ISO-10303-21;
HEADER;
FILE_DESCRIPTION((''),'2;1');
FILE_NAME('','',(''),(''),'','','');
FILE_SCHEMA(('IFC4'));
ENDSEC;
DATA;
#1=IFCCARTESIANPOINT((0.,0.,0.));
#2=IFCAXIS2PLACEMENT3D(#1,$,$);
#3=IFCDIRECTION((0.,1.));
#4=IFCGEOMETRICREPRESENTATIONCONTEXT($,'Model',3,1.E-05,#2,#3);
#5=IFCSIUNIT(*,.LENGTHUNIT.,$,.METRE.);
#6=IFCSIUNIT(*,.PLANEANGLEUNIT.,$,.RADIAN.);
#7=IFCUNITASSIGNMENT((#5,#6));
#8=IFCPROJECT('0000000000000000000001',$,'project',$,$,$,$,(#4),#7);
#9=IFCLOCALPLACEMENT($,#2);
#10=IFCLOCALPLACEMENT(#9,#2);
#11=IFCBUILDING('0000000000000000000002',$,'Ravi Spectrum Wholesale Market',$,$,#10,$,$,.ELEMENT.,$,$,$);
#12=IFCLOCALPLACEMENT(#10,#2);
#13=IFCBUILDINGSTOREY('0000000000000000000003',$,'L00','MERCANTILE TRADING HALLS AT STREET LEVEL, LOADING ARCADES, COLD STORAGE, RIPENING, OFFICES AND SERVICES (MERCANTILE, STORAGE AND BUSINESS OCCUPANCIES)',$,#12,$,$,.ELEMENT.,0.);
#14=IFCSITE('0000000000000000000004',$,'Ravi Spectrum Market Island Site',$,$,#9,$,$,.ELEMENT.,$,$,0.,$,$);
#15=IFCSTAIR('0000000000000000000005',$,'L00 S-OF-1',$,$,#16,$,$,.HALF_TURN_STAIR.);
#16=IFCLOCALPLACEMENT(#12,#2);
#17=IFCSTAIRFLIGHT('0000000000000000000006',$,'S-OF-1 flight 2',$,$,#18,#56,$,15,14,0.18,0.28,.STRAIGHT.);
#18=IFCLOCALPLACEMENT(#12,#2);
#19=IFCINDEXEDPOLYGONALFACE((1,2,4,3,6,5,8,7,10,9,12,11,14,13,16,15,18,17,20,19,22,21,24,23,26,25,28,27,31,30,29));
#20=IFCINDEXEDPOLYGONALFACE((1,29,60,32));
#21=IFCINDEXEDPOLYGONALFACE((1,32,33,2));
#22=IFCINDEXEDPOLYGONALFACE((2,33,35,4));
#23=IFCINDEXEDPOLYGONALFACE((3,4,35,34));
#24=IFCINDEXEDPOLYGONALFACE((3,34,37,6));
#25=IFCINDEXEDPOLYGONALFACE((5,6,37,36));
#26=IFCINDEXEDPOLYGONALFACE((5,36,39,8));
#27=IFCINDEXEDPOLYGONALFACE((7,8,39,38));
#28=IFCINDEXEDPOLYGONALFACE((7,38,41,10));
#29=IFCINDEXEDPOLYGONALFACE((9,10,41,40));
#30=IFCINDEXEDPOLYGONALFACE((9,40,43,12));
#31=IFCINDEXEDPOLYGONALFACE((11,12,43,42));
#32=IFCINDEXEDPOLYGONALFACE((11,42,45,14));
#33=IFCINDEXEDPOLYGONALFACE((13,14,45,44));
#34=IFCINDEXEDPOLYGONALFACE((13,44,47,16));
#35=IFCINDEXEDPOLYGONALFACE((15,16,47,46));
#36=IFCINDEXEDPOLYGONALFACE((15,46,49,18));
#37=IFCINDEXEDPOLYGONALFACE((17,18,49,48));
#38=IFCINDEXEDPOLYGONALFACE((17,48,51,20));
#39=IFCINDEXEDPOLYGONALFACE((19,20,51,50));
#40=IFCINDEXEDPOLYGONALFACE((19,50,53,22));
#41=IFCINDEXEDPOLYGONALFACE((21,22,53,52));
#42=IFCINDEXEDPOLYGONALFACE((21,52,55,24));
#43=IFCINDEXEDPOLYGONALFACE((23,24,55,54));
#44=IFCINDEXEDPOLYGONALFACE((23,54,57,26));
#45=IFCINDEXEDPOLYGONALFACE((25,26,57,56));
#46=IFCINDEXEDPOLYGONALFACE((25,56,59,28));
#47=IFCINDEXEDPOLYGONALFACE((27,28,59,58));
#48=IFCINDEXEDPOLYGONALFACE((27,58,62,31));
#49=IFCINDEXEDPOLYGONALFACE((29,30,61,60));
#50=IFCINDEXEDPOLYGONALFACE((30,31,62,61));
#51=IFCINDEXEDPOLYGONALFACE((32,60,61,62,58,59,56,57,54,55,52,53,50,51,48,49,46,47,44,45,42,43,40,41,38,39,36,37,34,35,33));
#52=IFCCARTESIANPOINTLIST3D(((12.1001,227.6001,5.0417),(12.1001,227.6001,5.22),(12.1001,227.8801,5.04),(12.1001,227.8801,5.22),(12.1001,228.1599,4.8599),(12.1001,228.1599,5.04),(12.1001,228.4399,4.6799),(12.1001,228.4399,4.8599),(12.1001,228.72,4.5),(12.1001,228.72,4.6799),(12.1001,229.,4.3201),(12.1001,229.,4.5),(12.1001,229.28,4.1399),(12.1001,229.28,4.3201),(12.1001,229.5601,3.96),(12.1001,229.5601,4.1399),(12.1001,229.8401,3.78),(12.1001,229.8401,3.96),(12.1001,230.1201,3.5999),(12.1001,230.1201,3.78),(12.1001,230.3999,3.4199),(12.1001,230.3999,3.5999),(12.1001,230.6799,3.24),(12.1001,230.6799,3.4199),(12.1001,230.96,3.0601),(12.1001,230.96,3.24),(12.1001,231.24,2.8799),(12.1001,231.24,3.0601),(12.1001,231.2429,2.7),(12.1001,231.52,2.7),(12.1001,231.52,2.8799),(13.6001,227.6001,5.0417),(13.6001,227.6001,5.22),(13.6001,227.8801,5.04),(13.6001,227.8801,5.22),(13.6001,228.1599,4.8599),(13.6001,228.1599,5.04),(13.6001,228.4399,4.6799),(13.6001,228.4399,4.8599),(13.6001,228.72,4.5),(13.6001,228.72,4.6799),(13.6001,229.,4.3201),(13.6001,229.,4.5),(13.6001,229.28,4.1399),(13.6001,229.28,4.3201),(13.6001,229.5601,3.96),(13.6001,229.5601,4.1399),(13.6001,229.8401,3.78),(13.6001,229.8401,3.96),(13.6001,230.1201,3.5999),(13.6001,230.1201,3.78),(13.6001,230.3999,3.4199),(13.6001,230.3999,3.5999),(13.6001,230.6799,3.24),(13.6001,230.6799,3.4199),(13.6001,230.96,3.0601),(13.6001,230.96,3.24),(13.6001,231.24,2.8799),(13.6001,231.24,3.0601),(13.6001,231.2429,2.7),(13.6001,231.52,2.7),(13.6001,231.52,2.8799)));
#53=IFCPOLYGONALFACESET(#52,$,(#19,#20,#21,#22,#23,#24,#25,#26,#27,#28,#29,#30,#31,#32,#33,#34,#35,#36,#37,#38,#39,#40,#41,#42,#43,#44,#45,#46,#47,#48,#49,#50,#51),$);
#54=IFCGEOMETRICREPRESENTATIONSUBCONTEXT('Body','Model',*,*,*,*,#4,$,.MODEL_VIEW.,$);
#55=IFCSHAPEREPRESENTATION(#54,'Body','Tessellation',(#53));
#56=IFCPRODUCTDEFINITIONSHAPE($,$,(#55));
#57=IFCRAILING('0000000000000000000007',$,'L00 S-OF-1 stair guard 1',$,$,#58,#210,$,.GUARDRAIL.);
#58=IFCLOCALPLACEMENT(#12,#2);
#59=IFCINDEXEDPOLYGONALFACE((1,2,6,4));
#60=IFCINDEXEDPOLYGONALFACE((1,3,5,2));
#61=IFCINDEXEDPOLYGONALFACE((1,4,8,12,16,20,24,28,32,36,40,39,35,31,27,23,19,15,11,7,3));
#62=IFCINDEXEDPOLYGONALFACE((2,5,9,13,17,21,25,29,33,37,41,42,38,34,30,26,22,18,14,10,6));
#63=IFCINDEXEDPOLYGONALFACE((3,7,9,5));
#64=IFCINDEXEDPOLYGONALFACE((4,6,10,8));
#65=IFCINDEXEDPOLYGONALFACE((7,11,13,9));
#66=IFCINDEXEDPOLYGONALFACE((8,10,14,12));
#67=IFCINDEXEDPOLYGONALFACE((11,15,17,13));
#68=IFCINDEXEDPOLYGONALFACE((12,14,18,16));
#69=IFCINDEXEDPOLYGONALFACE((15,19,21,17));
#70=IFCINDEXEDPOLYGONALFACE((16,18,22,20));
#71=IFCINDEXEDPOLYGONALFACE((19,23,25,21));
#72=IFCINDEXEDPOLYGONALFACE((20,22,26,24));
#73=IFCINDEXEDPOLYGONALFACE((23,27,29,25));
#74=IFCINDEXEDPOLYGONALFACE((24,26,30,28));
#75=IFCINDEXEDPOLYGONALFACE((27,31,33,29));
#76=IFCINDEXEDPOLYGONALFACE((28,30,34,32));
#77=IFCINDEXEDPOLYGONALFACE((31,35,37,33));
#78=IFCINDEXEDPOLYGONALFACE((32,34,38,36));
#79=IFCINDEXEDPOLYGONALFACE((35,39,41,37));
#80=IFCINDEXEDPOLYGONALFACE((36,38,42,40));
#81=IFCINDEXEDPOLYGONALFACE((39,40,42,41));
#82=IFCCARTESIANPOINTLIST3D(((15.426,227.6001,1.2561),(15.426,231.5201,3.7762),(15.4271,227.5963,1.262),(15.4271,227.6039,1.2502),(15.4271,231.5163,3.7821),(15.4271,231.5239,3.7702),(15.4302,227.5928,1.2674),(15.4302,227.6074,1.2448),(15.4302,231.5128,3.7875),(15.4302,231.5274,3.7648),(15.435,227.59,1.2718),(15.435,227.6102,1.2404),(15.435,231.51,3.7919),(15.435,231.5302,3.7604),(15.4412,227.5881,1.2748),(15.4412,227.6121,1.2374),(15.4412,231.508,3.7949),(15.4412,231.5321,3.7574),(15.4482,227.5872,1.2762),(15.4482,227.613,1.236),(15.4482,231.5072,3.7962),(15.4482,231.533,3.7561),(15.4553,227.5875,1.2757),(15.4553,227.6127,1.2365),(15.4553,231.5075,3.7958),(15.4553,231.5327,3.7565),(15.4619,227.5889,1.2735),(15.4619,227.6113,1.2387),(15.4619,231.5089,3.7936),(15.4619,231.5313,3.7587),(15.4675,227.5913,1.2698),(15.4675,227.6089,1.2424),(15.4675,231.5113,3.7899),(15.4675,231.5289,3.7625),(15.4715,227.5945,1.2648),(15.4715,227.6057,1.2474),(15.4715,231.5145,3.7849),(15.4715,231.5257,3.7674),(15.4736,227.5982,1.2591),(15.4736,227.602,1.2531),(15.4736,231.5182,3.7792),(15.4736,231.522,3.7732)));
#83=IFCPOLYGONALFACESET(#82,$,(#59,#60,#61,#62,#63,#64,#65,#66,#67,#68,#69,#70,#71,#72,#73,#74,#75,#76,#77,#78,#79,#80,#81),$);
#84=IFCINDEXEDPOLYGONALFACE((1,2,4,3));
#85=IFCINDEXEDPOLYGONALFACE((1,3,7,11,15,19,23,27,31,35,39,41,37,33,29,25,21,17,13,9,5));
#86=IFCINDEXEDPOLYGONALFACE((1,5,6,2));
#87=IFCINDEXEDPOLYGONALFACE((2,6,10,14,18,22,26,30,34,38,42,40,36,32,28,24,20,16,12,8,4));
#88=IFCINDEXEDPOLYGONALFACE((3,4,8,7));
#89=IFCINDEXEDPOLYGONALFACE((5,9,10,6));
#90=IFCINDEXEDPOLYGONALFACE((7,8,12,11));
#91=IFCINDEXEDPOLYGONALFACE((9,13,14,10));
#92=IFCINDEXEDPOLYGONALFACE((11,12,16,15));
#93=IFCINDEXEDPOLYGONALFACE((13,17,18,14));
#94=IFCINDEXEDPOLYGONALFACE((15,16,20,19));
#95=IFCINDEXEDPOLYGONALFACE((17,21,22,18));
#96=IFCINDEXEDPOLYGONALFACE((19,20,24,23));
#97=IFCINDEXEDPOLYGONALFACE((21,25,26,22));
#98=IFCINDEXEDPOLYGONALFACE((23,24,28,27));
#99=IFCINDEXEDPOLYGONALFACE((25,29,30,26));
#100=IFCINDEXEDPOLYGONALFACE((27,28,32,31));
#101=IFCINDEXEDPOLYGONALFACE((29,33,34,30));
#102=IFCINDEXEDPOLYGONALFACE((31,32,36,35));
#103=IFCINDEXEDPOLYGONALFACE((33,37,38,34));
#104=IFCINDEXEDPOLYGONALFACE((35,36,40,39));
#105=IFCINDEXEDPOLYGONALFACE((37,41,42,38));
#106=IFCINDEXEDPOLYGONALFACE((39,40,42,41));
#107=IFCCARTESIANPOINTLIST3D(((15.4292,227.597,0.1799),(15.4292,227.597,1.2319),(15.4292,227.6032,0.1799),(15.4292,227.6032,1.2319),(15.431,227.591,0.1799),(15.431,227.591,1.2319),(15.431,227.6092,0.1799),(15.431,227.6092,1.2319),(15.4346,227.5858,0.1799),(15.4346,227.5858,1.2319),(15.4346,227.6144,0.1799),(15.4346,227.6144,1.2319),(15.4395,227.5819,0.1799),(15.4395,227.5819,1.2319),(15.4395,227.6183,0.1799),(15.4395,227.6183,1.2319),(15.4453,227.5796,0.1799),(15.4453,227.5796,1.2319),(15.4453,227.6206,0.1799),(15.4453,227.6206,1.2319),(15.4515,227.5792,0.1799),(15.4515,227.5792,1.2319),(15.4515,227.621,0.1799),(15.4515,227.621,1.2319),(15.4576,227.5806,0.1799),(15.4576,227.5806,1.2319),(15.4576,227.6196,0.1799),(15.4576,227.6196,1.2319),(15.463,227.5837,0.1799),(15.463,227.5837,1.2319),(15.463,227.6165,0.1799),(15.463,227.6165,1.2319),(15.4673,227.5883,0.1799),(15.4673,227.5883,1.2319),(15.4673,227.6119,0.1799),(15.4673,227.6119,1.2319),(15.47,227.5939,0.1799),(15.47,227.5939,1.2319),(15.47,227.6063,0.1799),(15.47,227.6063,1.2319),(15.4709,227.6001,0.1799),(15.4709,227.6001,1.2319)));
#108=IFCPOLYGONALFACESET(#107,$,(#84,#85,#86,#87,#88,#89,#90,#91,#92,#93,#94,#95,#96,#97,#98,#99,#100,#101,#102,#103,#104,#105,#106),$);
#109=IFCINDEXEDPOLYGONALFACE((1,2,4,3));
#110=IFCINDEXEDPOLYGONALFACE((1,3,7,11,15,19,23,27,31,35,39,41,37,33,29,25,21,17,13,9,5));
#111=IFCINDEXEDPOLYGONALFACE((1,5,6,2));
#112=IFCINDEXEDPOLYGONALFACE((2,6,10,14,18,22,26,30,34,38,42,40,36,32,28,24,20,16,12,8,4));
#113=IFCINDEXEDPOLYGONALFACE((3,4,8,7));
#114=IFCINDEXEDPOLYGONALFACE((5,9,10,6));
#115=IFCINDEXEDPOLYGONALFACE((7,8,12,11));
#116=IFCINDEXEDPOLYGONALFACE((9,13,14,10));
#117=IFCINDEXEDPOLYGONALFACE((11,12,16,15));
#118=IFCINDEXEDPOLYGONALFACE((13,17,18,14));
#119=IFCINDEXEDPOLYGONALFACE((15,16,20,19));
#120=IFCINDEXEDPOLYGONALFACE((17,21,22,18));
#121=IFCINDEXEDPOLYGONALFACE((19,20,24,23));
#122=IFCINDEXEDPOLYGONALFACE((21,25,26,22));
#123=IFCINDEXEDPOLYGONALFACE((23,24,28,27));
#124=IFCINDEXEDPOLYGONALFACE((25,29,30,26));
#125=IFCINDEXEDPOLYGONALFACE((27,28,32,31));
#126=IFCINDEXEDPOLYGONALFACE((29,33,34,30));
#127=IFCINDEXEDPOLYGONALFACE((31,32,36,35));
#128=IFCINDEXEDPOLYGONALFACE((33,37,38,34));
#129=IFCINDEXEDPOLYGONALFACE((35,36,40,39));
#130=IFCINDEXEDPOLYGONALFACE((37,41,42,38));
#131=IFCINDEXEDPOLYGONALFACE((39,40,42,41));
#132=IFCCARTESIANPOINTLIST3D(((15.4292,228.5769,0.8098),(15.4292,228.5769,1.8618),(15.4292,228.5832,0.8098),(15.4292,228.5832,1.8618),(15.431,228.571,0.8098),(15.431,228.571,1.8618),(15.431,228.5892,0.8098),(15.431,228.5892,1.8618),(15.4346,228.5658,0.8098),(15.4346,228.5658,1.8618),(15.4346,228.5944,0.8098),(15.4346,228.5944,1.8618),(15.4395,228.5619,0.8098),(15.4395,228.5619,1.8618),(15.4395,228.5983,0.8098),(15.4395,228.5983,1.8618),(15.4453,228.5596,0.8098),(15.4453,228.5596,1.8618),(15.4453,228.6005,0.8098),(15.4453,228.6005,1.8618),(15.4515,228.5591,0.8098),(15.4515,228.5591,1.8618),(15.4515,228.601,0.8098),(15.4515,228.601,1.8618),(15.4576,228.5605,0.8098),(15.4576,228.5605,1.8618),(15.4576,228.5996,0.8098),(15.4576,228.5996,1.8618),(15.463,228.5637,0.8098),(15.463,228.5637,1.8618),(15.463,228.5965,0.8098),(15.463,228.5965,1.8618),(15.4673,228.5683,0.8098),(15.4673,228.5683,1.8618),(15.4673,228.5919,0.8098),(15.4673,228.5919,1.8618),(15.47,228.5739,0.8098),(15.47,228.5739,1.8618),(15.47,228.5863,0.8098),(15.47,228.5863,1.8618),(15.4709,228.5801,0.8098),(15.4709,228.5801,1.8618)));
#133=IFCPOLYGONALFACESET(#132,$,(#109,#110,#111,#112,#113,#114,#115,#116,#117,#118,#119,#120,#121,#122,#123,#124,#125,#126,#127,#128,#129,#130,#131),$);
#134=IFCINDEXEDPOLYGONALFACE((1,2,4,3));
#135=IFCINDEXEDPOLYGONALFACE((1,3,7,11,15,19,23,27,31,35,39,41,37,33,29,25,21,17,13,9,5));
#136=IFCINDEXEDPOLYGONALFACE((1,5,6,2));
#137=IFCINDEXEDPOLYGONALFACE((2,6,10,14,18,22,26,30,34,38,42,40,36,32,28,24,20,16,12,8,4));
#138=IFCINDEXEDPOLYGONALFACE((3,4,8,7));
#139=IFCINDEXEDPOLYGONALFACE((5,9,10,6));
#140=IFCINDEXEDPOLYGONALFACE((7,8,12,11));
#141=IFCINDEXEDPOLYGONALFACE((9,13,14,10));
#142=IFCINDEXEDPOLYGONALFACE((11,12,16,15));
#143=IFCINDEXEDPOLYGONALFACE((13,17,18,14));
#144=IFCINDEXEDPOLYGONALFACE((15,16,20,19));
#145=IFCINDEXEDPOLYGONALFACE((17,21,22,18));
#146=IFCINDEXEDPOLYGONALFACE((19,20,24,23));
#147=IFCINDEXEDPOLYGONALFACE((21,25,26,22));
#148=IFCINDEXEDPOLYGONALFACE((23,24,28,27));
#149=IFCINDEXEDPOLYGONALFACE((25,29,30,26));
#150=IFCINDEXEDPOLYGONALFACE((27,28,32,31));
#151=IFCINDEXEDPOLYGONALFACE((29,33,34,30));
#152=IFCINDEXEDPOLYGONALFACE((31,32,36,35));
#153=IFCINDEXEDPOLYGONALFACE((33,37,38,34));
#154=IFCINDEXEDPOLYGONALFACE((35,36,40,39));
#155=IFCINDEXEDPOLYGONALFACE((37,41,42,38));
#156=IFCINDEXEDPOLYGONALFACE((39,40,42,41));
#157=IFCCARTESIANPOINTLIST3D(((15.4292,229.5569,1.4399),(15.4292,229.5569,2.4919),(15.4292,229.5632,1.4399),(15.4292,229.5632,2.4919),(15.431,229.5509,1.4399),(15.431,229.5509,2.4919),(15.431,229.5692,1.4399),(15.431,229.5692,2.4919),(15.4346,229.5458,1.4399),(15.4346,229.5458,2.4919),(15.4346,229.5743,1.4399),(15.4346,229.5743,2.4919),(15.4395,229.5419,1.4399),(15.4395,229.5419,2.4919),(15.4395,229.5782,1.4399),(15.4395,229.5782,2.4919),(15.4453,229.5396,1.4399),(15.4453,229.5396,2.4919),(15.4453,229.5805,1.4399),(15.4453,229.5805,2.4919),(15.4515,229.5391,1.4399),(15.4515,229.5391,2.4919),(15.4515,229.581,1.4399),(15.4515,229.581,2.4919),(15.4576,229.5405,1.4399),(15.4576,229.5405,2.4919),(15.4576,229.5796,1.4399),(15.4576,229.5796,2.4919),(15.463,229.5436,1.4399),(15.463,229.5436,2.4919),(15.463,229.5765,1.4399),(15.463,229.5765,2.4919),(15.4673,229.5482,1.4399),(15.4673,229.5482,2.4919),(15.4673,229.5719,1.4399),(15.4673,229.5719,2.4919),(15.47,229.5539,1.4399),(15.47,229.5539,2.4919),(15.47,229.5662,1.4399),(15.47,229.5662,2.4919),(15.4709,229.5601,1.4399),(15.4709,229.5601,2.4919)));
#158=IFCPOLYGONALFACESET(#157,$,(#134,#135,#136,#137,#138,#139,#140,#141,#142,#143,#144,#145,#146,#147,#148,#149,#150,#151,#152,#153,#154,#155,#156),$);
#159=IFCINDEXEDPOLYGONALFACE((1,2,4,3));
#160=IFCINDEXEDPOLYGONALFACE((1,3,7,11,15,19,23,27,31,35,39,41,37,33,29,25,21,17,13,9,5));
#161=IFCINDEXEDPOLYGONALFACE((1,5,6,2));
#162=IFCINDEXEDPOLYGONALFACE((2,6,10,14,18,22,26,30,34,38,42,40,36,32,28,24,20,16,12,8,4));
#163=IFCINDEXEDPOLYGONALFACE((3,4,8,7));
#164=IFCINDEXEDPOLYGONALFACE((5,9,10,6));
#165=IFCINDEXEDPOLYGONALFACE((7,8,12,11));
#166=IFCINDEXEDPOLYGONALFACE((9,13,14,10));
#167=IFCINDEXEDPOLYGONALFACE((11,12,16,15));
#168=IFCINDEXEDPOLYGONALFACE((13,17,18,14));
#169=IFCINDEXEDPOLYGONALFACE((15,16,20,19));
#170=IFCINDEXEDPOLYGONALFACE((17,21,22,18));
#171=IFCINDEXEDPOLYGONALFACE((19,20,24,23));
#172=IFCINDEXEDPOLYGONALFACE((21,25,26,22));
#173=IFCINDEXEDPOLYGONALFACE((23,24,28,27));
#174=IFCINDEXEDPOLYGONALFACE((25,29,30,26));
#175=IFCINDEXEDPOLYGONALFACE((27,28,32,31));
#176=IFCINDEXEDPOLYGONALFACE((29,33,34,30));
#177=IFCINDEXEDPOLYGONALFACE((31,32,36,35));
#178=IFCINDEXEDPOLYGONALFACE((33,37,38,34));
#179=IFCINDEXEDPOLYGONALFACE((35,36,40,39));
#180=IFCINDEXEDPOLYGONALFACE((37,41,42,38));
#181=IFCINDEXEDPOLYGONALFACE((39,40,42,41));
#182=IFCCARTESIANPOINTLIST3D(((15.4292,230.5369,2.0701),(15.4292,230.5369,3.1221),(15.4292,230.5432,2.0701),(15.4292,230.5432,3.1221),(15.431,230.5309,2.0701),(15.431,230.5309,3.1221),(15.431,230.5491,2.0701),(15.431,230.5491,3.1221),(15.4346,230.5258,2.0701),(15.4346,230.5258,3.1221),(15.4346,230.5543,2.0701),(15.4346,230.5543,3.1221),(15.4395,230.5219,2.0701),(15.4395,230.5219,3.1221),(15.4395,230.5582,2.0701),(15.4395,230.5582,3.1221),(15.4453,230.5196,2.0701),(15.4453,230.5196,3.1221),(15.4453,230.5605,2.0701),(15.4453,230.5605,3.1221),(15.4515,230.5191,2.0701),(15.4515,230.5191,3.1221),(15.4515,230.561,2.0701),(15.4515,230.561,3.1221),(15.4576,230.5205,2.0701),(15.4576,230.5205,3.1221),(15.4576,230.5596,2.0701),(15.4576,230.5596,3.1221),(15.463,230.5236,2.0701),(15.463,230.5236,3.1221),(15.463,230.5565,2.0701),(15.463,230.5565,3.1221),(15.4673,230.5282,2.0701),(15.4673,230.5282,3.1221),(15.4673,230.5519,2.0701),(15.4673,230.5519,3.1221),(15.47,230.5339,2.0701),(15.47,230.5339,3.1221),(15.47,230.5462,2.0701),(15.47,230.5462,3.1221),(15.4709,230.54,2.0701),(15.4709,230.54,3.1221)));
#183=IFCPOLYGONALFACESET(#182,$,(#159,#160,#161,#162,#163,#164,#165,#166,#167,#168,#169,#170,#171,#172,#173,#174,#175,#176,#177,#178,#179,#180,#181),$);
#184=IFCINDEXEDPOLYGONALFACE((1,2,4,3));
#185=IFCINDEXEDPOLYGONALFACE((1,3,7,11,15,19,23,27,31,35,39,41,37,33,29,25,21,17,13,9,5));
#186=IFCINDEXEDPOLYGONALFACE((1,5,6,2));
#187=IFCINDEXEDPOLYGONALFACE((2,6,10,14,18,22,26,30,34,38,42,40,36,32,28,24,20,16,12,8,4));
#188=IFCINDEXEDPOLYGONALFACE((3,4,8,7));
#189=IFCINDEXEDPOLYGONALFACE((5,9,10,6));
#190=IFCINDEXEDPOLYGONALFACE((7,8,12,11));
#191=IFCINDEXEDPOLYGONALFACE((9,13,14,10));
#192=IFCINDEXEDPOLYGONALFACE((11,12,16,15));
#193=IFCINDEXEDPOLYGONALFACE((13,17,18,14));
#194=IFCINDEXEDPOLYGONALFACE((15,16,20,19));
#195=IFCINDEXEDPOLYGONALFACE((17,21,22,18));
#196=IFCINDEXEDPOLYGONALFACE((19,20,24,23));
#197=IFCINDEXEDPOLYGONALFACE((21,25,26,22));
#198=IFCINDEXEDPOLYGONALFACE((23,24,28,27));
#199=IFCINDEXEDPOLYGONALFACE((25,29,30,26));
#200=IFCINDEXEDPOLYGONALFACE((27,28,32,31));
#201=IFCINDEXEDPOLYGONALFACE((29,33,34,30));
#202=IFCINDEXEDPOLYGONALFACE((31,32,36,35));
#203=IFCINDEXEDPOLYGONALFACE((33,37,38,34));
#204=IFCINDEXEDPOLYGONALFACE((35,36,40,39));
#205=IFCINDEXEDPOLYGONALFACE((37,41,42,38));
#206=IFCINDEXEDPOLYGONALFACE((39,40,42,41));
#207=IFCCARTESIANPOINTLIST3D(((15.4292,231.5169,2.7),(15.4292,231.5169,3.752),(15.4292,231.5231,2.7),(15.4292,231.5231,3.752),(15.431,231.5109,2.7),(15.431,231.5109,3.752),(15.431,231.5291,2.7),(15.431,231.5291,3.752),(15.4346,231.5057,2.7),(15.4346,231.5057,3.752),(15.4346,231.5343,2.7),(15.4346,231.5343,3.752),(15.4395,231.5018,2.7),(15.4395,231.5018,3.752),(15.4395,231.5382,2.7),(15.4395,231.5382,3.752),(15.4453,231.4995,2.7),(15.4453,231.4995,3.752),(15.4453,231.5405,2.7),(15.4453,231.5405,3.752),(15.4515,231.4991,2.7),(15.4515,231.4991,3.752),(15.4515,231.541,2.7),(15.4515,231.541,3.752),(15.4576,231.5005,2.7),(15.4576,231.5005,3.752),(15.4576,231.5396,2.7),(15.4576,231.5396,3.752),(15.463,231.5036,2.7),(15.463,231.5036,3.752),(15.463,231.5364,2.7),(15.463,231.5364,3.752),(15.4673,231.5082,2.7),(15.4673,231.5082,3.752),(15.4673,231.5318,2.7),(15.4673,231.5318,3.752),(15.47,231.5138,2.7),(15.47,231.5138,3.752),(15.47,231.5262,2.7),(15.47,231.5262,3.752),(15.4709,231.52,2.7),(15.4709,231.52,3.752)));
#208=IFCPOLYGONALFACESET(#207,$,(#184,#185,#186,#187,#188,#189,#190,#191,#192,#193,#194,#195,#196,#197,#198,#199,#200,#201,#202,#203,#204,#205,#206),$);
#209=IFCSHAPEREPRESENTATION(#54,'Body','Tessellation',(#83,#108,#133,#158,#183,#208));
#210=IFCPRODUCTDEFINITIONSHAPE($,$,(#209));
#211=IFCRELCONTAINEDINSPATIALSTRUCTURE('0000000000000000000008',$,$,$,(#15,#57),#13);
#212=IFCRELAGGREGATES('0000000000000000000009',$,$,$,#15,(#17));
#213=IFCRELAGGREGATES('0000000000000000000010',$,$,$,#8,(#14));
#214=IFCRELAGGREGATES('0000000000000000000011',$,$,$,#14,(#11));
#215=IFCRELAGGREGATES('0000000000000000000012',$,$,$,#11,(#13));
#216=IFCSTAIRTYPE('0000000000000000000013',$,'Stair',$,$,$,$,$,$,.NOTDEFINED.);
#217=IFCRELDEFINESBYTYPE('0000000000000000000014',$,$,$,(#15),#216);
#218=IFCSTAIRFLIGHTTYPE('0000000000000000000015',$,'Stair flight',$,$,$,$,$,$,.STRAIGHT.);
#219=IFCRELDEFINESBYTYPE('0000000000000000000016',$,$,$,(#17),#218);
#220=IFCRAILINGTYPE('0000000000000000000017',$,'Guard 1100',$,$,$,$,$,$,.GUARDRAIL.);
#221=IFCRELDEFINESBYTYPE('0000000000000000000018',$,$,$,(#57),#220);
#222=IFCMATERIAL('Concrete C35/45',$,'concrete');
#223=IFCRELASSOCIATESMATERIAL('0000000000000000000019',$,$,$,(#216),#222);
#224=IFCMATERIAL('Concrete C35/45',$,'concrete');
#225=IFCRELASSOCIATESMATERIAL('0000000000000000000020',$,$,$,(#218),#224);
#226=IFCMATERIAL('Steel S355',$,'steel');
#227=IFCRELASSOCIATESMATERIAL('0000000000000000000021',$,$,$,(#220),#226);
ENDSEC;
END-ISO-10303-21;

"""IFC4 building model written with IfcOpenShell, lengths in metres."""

from ifc_helpers import new_model, si_unit, direction, frame, origin, origin_2d, place, context, subcontext, project, spatial, polyline, circle, outline, extrude, material, type_object, element, aggregate, save


model = new_model("IFC4")

# Units and contexts
model_context = context("Model", 3, precision=1e-05, world=origin(), true_north=direction((0.0, 1.0)))
body_context = subcontext(model_context, "Body", "Model", "MODEL_VIEW")
ifc_project = project(units=[si_unit("LENGTHUNIT", "METRE"), si_unit("PLANEANGLEUNIT", "RADIAN")], contexts=[model_context])

# Site, building, storey
site_placement = place(None, origin())
site = spatial("IfcSite", under=ifc_project, at=site_placement, Name="Ravi Spectrum Market Island Site", CompositionType="ELEMENT", RefElevation=0.0)
building_placement = place(site_placement, origin())
building = spatial("IfcBuilding", under=site, at=building_placement, Name="Ravi Spectrum Wholesale Market", CompositionType="ELEMENT")
storey_placement = place(building_placement, origin())
storey = spatial("IfcBuildingStorey", under=building, at=storey_placement, Name="L00", Description="MERCANTILE TRADING HALLS AT STREET LEVEL, LOADING ARCADES, COLD STORAGE, RIPENING, OFFICES AND SERVICES (MERCANTILE, STORAGE AND BUSINESS OCCUPANCIES)", CompositionType="ELEMENT", Elevation=0.0)

# Stair, stair flight
ifc_material_1 = material(Name="Concrete C35/45", Category="concrete")
stair_type = type_object("IfcStairType", Name="Stair", PredefinedType="NOTDEFINED", material=ifc_material_1)
stair_placement = place(storey_placement, origin())
stair = element("IfcStair", 1, at=stair_placement, inside=storey, type_object=stair_type, Name="L00 S-OF-1", PredefinedType="HALF_TURN_STAIR")
ifc_material_2 = material(Name="Concrete C35/45", Category="concrete")
stair_flight_type = type_object("IfcStairFlightType", Name="Stair flight", PredefinedType="STRAIGHT", material=ifc_material_2)
stair_flight_1_placement = place(storey_placement, frame((12.8501, 231.52, 2.7), z_axis=(0.0, 0.0, 1.0), x_axis=(0.0, -1.0, 0.0)))
stair_flight_1 = element("IfcStairFlight", 2, at=stair_flight_1_placement, type_object=stair_flight_type, Name="S-OF-1 flight 2", NumberOfRisers=15, NumberOfTreads=14, PredefinedType="STRAIGHT", RiserHeight=0.18, TreadLength=0.28, context=body_context, shape_type="SweptSolid", body=[
    extrude(outline(polyline([(0.0, 0.0), (0.0, 0.1799), (0.28, 0.1799), (0.28, 0.3601), (0.5601, 0.3601), (0.5601, 0.54), (0.8401, 0.54), (0.8401, 0.72), (1.1201, 0.72), (1.1201, 0.8999), (1.3999, 0.8999), (1.3999, 1.0801), (1.6799, 1.0801), (1.6799, 1.26), (1.96, 1.26), (1.96, 1.4399), (2.24, 1.4399), (2.24, 1.6201), (2.52, 1.6201), (2.52, 1.8), (2.8, 1.8), (2.8, 1.98), (3.0801, 1.98), (3.0801, 2.1599), (3.3601, 2.1599), (3.3601, 2.3401), (3.6399, 2.3401), (3.6399, 2.52), (3.9199, 2.52), (3.9199, 2.7), (3.9199, 2.3418), (0.2771, 0.0), (0.0, 0.0)])), frame((0.0, 0.75, 0.0), z_axis=(0.0, -1.0, 0.0), x_axis=(1.0, 0.0, 0.0)), (0.0, 0.0, 1.0), 1.5),
])
aggregate(stair, [stair_flight_1])

# Railing
ifc_material_3 = material(Name="Steel S355", Category="steel")
railing_type_1 = type_object("IfcRailingType", Name="Guard 1100", PredefinedType="GUARDRAIL", material=ifc_material_3)
railing_1_placement = place(storey_placement, frame((15.45, 227.6001, 0.1799)))
element("IfcRailing", 3, at=railing_1_placement, inside=storey, type_object=railing_type_1, Name="L00 S-OF-1 stair guard 1", PredefinedType="GUARDRAIL", context=body_context, shape_type="SweptSolid", body=[
    extrude(circle(Radius=0.0239, at=origin_2d()), frame((0.0, 0.0, 1.0762), z_axis=(0.0, 0.841172, 0.540768), x_axis=(-1.0, 0.0, 0.0)), (0.0, 0.0, 1.0), 4.6602),
    extrude(circle(Radius=0.021, at=origin_2d()), origin(), (0.0, 0.0, 1.0), 1.052),
    extrude(circle(Radius=0.021, at=origin_2d()), frame((0.0, 0.98, 0.6299)), (0.0, 0.0, 1.0), 1.052),
    extrude(circle(Radius=0.021, at=origin_2d()), frame((0.0, 1.96, 1.26)), (0.0, 0.0, 1.0), 1.052),
    extrude(circle(Radius=0.021, at=origin_2d()), frame((0.0, 2.9399, 1.8901)), (0.0, 0.0, 1.0), 1.052),
    extrude(circle(Radius=0.021, at=origin_2d()), frame((0.0, 3.9199, 2.52)), (0.0, 0.0, 1.0), 1.052),
])

save(model, "model.ifc")
